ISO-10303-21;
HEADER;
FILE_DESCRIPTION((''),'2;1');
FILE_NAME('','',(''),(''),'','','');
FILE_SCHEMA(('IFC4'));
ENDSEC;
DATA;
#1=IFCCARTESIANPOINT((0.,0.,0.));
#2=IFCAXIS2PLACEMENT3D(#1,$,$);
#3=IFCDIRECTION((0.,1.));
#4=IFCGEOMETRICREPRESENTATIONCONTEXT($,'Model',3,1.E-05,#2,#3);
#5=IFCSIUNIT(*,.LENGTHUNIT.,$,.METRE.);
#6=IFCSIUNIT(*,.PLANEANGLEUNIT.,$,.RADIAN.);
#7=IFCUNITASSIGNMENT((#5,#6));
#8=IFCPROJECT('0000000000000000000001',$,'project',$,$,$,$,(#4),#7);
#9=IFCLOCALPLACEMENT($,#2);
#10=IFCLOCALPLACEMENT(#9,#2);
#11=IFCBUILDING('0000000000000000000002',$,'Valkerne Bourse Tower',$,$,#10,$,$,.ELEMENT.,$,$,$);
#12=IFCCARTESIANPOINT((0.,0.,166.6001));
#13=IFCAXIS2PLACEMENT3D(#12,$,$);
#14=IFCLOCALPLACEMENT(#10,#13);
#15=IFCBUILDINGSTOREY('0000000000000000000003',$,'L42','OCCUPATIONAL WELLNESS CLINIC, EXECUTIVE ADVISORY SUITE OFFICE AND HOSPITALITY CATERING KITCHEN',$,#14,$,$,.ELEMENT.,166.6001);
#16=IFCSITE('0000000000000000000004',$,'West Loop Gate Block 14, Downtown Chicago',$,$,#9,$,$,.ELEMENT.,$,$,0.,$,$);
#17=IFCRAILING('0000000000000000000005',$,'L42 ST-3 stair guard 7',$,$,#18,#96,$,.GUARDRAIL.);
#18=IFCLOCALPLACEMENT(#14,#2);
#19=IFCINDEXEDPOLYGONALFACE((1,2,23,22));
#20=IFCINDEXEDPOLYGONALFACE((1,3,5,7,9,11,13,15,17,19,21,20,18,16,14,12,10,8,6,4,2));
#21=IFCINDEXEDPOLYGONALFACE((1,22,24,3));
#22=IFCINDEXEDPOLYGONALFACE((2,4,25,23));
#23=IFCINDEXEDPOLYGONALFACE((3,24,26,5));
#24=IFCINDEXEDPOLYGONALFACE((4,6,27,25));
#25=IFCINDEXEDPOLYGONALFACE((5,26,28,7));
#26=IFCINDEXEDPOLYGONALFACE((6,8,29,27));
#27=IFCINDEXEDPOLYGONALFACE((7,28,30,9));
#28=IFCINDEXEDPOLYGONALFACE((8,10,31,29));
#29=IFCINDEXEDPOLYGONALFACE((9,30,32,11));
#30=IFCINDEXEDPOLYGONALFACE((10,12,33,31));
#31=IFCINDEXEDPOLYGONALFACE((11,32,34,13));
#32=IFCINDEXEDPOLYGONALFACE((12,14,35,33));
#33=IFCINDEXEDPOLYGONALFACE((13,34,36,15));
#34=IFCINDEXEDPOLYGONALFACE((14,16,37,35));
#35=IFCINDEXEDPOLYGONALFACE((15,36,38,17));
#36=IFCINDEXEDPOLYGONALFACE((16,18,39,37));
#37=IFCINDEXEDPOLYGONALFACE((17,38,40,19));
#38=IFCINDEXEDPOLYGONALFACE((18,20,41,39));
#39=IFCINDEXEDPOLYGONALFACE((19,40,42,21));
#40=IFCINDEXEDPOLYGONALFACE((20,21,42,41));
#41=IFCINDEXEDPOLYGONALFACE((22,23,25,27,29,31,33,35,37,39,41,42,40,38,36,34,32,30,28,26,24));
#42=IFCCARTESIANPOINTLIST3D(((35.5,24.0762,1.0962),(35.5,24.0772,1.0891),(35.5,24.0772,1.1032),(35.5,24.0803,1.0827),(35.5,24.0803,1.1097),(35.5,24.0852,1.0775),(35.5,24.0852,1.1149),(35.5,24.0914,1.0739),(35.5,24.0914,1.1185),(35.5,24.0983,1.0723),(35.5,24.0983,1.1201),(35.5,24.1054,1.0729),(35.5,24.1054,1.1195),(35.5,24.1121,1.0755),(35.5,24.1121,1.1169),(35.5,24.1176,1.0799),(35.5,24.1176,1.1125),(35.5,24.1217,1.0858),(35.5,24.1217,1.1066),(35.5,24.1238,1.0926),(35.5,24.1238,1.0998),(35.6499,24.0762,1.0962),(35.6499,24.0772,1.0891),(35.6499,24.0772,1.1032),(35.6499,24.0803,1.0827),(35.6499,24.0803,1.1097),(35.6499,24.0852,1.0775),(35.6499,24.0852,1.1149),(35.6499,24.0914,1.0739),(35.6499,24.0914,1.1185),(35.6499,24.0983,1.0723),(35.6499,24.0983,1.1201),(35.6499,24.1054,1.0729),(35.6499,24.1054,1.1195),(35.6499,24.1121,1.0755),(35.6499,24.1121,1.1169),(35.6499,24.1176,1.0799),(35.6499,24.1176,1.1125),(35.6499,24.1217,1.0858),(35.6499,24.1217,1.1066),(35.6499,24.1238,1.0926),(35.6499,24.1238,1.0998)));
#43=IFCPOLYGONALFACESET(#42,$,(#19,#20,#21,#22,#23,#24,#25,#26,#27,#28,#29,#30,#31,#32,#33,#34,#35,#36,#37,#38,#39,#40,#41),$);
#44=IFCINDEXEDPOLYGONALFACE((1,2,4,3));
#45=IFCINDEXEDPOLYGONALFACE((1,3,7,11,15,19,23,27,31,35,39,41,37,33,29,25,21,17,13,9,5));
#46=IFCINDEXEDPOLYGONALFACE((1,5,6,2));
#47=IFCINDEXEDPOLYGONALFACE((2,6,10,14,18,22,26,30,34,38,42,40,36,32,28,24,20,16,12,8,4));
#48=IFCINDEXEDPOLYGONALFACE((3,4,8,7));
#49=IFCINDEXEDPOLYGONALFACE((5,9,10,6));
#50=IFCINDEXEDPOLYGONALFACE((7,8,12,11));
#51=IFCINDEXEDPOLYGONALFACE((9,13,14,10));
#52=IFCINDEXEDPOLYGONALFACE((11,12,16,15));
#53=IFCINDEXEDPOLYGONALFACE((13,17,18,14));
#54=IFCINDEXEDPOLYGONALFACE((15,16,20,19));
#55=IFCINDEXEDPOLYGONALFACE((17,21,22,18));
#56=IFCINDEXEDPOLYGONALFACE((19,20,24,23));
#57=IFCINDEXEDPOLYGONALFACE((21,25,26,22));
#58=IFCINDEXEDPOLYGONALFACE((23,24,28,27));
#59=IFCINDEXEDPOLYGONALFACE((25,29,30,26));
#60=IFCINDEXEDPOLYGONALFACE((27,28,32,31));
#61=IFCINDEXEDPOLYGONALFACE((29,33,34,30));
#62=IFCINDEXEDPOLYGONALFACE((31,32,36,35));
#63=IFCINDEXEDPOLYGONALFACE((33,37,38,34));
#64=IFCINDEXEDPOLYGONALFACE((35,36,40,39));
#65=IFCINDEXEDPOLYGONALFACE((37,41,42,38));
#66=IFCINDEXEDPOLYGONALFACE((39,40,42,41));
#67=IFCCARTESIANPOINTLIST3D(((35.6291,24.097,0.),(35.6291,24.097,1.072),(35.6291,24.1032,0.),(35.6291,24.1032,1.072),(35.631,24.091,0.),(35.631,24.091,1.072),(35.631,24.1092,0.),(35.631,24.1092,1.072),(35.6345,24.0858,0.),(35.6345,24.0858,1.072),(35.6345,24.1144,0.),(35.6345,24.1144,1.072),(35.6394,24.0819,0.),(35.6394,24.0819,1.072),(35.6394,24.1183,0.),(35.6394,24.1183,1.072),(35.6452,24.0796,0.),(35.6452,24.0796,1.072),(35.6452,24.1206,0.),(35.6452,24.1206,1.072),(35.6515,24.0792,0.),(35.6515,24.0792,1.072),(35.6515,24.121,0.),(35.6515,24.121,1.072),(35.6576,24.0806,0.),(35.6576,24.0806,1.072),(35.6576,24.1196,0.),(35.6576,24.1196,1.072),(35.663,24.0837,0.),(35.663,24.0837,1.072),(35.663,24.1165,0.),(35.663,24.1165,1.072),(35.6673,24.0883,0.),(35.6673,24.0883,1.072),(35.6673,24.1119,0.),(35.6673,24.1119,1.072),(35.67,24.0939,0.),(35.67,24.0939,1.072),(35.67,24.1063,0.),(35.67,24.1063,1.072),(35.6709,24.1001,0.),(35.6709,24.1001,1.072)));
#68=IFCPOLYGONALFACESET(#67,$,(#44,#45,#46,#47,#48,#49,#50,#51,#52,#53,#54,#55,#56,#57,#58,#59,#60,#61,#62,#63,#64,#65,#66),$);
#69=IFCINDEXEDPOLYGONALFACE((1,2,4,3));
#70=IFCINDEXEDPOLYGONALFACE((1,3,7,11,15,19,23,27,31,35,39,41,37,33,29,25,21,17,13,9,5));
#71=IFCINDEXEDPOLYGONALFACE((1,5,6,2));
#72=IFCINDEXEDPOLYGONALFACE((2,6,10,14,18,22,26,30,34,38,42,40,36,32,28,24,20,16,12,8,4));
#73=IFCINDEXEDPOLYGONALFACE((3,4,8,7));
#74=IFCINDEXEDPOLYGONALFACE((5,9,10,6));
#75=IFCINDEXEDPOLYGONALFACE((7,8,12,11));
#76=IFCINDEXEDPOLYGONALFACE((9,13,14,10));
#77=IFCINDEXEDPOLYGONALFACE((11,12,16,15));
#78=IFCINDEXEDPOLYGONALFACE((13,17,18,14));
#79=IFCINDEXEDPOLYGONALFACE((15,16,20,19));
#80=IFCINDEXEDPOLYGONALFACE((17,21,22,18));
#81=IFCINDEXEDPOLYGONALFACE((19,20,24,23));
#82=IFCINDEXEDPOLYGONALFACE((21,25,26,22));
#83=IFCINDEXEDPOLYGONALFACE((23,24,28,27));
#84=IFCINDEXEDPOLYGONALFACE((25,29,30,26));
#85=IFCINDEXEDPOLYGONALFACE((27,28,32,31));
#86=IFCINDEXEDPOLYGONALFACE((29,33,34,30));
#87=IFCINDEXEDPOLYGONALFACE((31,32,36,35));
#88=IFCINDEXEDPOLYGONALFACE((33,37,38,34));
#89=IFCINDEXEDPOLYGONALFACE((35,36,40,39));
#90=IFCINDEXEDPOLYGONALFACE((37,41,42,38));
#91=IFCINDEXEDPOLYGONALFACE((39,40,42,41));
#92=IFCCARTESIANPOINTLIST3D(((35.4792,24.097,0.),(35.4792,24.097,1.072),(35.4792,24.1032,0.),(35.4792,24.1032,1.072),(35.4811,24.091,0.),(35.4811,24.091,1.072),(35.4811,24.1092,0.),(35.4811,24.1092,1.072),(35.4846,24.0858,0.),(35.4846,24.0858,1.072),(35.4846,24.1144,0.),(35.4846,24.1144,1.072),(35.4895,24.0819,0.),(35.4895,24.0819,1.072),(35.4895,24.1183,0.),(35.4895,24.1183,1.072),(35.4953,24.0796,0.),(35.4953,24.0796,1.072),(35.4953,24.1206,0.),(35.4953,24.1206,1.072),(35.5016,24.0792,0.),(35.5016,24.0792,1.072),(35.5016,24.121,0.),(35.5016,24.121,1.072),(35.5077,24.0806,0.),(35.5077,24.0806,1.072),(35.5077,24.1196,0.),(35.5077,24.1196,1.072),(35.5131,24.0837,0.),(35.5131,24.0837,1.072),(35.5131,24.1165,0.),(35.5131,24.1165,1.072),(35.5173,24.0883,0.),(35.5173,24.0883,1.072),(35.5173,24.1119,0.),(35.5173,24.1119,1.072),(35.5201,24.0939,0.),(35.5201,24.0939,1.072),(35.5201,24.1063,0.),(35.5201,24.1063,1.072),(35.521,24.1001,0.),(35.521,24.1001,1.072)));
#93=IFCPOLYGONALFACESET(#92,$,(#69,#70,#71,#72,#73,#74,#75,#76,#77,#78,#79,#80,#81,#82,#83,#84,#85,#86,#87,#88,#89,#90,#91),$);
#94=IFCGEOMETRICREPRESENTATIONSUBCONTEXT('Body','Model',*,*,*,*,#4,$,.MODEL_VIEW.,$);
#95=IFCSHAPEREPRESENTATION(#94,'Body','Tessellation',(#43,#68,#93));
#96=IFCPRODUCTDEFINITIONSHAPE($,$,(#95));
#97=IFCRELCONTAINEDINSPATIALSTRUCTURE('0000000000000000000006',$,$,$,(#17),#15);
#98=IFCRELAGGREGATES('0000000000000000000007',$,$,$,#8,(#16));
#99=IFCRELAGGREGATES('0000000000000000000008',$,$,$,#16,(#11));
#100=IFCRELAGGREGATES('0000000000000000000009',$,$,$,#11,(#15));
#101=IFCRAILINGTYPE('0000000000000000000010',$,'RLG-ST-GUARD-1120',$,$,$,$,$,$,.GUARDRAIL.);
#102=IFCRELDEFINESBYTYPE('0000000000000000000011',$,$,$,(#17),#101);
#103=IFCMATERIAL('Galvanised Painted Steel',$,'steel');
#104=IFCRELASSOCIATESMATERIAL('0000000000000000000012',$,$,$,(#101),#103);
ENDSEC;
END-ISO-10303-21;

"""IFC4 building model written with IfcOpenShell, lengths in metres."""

from ifc_helpers import new_model, si_unit, direction, frame, origin, origin_2d, place, context, subcontext, project, spatial, circle, extrude, material, type_object, element, save


model = new_model("IFC4")

# Units and contexts
model_context = context("Model", 3, precision=1e-05, world=origin(), true_north=direction((0.0, 1.0)))
body_context = subcontext(model_context, "Body", "Model", "MODEL_VIEW")
ifc_project = project(units=[si_unit("LENGTHUNIT", "METRE"), si_unit("PLANEANGLEUNIT", "RADIAN")], contexts=[model_context])

# Site, building, storey
site_placement = place(None, origin())
site = spatial("IfcSite", under=ifc_project, at=site_placement, Name="West Loop Gate Block 14, Downtown Chicago", CompositionType="ELEMENT", RefElevation=0.0)
building_placement = place(site_placement, origin())
building = spatial("IfcBuilding", under=site, at=building_placement, Name="Valkerne Bourse Tower", CompositionType="ELEMENT")
storey_placement = place(building_placement, frame((0.0, 0.0, 166.6001)))
storey = spatial("IfcBuildingStorey", under=building, at=storey_placement, Name="L42", Description="OCCUPATIONAL WELLNESS CLINIC, EXECUTIVE ADVISORY SUITE OFFICE AND HOSPITALITY CATERING KITCHEN", CompositionType="ELEMENT", Elevation=166.6001)

# Railing
ifc_material_1 = material(Name="Galvanised Painted Steel", Category="steel")
railing_type_1 = type_object("IfcRailingType", Name="RLG-ST-GUARD-1120", PredefinedType="GUARDRAIL", material=ifc_material_1)
railing_1_placement = place(storey_placement, frame((35.6499, 24.1001, 0.0)))
element("IfcRailing", 1, at=railing_1_placement, inside=storey, type_object=railing_type_1, Name="L42 ST-3 stair guard 7", PredefinedType="GUARDRAIL", context=body_context, shape_type="SweptSolid", body=[
    extrude(circle(Radius=0.0239, at=origin_2d()), frame((0.0, 0.0, 1.0962), z_axis=(-1.0, 0.0, 0.0), x_axis=(0.0, -1.0, 0.0)), (0.0, 0.0, 1.0), 0.1499),
    extrude(circle(Radius=0.021, at=origin_2d()), origin(), (0.0, 0.0, 1.0), 1.072),
    extrude(circle(Radius=0.021, at=origin_2d()), frame((-0.1499, 0.0, 0.0)), (0.0, 0.0, 1.0), 1.072),
])

save(model, "model.ifc")
